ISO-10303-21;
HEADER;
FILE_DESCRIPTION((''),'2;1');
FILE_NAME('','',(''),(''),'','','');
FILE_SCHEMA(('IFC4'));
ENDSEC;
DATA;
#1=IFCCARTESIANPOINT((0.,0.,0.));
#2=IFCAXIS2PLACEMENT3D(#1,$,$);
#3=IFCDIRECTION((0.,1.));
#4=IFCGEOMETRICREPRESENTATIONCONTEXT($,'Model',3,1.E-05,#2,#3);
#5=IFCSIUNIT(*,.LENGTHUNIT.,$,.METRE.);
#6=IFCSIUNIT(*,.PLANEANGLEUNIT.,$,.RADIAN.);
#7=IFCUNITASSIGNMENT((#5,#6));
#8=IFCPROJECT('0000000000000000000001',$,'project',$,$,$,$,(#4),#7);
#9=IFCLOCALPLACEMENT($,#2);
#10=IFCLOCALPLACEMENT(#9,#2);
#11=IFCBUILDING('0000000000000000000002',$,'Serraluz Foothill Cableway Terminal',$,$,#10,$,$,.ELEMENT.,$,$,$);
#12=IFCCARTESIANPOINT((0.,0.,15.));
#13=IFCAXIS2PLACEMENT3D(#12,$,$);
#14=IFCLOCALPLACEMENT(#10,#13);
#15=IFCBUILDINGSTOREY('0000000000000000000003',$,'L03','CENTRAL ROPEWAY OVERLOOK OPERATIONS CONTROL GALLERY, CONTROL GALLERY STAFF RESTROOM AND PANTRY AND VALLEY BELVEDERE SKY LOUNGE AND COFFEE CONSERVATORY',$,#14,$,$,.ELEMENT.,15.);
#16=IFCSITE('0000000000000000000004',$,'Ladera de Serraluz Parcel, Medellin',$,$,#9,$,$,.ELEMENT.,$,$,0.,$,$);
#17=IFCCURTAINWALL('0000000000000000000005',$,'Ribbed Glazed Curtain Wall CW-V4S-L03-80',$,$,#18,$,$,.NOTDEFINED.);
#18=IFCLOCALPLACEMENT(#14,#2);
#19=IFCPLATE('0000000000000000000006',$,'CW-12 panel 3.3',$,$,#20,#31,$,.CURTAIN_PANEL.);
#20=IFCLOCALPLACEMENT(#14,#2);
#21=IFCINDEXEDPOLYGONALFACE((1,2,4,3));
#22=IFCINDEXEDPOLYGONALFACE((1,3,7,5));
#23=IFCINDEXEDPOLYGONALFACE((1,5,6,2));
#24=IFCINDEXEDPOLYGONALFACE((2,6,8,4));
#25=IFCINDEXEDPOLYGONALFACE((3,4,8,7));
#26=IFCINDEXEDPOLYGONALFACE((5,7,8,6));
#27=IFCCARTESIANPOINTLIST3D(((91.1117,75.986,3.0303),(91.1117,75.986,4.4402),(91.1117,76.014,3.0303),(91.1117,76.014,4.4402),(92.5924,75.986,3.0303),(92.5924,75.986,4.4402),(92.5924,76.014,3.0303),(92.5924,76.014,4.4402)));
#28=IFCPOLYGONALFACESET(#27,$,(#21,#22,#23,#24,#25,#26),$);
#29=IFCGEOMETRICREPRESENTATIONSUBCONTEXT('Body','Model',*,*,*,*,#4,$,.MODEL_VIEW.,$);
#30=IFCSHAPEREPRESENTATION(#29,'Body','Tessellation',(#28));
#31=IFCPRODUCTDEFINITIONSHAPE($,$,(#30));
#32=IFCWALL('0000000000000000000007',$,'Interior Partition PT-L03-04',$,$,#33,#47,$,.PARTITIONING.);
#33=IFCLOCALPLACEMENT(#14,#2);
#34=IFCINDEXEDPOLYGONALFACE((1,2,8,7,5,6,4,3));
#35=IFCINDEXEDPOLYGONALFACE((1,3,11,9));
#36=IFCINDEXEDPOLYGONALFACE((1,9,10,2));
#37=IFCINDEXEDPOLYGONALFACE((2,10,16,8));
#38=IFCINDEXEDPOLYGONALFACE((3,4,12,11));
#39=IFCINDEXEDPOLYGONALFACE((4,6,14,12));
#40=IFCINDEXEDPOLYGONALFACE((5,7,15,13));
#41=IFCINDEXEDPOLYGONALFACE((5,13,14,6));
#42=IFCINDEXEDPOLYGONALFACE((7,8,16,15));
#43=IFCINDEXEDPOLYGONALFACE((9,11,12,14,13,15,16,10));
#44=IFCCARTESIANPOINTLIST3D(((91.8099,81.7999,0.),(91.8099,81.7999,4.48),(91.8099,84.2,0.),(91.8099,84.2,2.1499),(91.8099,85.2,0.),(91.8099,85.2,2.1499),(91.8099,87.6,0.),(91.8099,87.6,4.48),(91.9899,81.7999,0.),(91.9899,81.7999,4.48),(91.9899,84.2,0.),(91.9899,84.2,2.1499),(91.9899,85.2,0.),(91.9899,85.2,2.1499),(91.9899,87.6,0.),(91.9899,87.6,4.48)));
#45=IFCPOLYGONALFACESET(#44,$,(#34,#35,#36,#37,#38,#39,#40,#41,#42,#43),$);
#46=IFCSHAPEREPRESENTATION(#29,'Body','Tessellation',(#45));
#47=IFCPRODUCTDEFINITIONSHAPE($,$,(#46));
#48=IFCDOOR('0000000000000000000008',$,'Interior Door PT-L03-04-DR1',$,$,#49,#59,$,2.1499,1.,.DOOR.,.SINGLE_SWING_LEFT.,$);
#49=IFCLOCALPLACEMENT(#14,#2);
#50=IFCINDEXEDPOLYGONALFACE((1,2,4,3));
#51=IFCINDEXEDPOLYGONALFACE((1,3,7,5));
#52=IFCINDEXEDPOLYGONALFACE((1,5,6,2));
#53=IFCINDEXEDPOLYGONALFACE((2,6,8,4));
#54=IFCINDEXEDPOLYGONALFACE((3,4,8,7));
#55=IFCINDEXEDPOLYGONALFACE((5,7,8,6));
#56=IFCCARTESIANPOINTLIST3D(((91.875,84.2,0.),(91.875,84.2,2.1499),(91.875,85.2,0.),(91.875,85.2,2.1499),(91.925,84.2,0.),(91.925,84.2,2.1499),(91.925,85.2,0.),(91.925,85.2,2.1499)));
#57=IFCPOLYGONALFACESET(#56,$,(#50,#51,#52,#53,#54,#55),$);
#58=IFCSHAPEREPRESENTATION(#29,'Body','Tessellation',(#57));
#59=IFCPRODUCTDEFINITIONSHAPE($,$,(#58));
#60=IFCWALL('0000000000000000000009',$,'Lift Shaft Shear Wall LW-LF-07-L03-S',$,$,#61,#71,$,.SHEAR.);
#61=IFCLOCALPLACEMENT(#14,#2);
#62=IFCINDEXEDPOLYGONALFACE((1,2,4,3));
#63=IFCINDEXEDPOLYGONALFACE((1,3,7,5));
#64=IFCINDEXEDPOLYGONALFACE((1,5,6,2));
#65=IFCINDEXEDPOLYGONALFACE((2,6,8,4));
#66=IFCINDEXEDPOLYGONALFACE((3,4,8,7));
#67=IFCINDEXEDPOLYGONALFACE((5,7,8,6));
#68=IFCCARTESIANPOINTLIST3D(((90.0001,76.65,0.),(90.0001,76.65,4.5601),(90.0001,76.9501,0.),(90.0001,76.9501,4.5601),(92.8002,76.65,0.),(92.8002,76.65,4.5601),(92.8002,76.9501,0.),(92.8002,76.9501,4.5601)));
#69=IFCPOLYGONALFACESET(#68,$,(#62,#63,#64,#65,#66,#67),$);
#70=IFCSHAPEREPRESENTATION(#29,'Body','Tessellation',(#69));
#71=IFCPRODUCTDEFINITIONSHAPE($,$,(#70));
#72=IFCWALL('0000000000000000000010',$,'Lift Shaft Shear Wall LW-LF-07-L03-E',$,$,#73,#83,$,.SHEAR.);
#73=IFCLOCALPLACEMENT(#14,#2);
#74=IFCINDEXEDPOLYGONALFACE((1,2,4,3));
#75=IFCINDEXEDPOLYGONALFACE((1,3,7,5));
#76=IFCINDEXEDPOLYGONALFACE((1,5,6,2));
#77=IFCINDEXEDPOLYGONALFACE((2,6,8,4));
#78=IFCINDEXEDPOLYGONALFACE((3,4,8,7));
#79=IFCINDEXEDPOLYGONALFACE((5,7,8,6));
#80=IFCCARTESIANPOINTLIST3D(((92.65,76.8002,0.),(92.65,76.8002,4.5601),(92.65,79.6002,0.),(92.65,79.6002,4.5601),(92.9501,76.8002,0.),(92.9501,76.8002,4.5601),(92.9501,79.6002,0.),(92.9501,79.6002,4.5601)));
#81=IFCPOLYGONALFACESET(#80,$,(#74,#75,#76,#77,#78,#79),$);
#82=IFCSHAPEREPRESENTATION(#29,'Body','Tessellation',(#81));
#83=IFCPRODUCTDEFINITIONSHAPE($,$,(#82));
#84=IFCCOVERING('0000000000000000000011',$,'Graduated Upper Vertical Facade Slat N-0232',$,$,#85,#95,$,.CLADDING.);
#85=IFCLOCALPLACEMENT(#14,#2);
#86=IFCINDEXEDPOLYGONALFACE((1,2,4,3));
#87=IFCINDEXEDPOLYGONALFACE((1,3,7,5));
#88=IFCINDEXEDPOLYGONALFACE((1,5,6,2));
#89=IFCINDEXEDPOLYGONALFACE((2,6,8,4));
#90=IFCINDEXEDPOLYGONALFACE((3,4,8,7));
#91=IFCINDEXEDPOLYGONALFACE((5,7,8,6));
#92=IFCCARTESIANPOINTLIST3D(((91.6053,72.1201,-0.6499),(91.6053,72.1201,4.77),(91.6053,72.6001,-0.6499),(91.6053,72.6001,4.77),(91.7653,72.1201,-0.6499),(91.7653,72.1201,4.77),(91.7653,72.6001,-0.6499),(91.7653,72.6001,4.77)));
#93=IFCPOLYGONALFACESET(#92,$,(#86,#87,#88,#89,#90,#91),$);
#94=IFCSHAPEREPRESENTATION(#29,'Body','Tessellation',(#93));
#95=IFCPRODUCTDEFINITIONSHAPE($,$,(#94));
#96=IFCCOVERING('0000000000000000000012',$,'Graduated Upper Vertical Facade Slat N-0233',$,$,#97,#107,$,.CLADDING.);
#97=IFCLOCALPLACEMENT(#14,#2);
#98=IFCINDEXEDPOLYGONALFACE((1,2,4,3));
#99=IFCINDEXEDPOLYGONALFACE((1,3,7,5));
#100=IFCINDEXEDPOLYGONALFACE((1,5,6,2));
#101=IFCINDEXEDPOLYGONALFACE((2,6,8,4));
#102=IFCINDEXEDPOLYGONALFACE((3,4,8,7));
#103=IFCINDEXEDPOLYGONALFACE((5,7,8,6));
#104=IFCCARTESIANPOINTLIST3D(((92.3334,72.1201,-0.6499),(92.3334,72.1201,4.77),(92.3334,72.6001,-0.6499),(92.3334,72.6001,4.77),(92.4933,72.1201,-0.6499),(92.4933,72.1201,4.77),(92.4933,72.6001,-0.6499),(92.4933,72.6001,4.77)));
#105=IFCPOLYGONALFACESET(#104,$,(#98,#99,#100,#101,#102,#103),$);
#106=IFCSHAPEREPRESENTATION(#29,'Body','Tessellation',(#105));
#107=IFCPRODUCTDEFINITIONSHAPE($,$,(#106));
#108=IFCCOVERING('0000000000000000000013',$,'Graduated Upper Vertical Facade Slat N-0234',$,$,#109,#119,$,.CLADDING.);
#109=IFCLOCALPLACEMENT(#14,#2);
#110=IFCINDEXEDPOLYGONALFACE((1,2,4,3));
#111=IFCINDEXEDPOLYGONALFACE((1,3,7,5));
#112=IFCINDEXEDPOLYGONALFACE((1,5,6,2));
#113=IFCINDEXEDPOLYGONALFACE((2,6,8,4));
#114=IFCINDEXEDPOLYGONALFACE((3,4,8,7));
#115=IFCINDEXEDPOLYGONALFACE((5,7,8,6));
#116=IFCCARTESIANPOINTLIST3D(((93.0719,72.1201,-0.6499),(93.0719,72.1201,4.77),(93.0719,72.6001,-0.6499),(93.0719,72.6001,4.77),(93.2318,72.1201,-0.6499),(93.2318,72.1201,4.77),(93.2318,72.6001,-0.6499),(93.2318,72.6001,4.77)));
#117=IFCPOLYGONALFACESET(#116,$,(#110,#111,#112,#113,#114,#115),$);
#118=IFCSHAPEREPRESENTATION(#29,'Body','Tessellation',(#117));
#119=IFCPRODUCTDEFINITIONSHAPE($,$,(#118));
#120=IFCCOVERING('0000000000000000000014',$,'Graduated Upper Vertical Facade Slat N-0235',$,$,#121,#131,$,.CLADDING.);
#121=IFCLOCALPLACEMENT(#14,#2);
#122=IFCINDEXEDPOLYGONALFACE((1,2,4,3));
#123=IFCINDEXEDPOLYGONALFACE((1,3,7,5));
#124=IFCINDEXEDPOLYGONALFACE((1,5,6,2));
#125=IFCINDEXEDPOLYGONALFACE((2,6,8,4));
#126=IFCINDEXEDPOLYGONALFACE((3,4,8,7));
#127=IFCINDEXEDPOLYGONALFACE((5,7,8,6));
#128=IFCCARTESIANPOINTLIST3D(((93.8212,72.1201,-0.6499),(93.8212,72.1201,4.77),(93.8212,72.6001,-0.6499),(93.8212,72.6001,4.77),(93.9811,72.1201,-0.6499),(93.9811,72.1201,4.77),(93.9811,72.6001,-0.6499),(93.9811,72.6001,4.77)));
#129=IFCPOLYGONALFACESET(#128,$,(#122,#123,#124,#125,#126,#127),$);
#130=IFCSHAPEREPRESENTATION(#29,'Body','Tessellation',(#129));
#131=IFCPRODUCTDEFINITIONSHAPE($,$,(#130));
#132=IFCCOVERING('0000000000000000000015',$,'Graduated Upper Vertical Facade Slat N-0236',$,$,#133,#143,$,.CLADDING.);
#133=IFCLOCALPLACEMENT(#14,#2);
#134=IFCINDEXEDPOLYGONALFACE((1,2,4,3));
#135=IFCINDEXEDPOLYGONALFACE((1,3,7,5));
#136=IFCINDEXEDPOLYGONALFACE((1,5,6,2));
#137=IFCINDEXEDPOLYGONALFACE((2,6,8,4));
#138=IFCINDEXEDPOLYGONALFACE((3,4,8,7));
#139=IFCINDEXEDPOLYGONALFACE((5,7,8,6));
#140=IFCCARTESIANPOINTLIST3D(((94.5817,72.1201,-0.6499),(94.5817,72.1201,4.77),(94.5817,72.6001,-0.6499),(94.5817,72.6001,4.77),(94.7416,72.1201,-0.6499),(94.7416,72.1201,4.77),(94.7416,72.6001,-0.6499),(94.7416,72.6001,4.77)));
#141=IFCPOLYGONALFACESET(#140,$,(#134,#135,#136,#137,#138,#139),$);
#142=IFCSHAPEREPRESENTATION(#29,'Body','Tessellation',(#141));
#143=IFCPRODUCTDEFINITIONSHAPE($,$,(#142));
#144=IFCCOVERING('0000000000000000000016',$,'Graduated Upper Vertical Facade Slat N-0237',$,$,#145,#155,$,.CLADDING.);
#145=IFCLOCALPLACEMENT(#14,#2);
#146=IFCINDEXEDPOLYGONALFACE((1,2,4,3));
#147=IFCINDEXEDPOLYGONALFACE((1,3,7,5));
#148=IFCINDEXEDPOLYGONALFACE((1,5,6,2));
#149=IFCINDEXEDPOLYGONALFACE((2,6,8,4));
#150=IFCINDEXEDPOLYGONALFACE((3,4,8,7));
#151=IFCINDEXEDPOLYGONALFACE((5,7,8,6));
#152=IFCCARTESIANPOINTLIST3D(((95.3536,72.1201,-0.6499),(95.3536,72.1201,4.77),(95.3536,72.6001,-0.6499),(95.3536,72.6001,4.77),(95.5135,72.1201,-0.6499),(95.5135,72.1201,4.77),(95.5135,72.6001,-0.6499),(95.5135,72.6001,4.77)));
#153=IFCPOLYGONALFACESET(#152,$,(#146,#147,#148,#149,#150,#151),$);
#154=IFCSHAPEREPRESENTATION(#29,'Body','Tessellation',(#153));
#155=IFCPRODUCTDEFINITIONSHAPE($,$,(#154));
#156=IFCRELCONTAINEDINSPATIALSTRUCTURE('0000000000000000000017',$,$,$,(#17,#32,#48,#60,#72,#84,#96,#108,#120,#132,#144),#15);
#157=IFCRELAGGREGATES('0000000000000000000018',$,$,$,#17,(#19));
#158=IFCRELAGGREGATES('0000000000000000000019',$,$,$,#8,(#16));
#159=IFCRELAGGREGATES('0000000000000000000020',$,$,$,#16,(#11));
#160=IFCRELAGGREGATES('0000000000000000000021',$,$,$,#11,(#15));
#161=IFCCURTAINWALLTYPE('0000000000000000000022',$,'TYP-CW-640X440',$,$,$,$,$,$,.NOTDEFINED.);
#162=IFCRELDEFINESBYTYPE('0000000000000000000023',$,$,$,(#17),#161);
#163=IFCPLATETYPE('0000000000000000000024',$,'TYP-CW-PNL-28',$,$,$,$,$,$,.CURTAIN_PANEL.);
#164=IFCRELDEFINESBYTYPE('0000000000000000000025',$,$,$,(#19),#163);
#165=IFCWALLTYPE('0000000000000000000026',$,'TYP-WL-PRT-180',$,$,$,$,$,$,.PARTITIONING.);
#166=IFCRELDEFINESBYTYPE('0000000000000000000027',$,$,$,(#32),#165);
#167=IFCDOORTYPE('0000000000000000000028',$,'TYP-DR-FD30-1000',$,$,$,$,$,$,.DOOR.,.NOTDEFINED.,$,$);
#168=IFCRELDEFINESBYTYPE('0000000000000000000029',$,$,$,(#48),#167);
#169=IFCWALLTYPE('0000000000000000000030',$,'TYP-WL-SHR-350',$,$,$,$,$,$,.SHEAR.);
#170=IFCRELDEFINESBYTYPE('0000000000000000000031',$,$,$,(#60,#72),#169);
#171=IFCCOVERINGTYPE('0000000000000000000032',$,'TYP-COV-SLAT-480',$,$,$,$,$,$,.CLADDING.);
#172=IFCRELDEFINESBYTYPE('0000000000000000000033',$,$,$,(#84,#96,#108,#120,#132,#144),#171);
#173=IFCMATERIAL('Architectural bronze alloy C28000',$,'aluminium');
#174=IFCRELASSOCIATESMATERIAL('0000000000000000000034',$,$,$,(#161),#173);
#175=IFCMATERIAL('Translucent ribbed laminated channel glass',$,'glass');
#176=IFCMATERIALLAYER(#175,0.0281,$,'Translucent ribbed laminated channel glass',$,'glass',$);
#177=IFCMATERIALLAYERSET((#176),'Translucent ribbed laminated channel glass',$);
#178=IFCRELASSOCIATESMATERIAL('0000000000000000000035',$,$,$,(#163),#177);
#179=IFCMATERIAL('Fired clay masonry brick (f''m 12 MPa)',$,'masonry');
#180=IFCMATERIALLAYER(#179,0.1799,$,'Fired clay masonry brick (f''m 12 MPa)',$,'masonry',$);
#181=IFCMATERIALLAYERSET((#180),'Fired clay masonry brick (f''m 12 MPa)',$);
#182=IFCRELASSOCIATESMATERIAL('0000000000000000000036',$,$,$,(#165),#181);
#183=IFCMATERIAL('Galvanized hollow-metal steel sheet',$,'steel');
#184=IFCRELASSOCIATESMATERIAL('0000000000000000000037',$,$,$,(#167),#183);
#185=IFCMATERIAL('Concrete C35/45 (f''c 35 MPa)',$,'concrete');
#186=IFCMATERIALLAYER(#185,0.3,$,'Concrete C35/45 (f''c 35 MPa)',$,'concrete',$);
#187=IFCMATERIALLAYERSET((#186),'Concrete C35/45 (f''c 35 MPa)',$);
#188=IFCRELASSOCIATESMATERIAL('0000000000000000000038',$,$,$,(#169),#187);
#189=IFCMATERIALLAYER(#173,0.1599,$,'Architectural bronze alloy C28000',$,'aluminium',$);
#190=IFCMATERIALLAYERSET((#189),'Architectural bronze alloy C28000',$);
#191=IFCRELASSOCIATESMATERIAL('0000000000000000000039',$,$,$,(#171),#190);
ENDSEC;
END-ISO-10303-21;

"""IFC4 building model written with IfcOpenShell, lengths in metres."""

from ifc_helpers import new_model, si_unit, direction, frame, frame_2d, origin, origin_2d, place, context, subcontext, project, spatial, rectangle, extrude, material, layer, layer_set, type_object, element, fill, aggregate, save


model = new_model("IFC4")

# Units and contexts
model_context = context("Model", 3, precision=1e-05, world=origin(), true_north=direction((0.0, 1.0)))
body_context = subcontext(model_context, "Body", "Model", "MODEL_VIEW")
ifc_project = project(units=[si_unit("LENGTHUNIT", "METRE"), si_unit("PLANEANGLEUNIT", "RADIAN")], contexts=[model_context])

# Site, building, storey
site_placement = place(None, origin())
site = spatial("IfcSite", under=ifc_project, at=site_placement, Name="Ladera de Serraluz Parcel, Medellin", CompositionType="ELEMENT", RefElevation=0.0)
building_placement = place(site_placement, origin())
building = spatial("IfcBuilding", under=site, at=building_placement, Name="Serraluz Foothill Cableway Terminal", CompositionType="ELEMENT")
storey_placement = place(building_placement, frame((0.0, 0.0, 15.0)))
storey = spatial("IfcBuildingStorey", under=building, at=storey_placement, Name="L03", Description="CENTRAL ROPEWAY OVERLOOK OPERATIONS CONTROL GALLERY, CONTROL GALLERY STAFF RESTROOM AND PANTRY AND VALLEY BELVEDERE SKY LOUNGE AND COFFEE CONSERVATORY", CompositionType="ELEMENT", Elevation=15.0)

# Curtain wall, plate
ifc_material_1 = material(Name="Architectural bronze alloy C28000", Category="aluminium")
curtain_wall_type = type_object("IfcCurtainWallType", Name="TYP-CW-640X440", PredefinedType="NOTDEFINED", material=ifc_material_1)
curtain_wall_placement = place(storey_placement, origin())
curtain_wall = element("IfcCurtainWall", 1, at=curtain_wall_placement, inside=storey, type_object=curtain_wall_type, Name="Ribbed Glazed Curtain Wall CW-V4S-L03-80", PredefinedType="NOTDEFINED")
ifc_material_2 = material(Name="Translucent ribbed laminated channel glass", Category="glass")
ifc_layer_1 = layer(ifc_material_2, 0.0281, Name="Translucent ribbed laminated channel glass", Category="glass")
ifc_layer_set_1 = layer_set([ifc_layer_1], Name="Translucent ribbed laminated channel glass")
plate_type = type_object("IfcPlateType", Name="TYP-CW-PNL-28", PredefinedType="CURTAIN_PANEL", material=ifc_layer_set_1)
plate_1_placement = place(storey_placement, frame((91.8521, 76.0, 3.0303), z_axis=(0.0, 0.0, 1.0), x_axis=(-1.0, 0.0, 0.0)))
plate_1 = element("IfcPlate", 2, at=plate_1_placement, type_object=plate_type, Name="CW-12 panel 3.3", PredefinedType="CURTAIN_PANEL", context=body_context, shape_type="SweptSolid", body=[
    extrude(rectangle(XDim=1.4807, YDim=0.0281, at=origin_2d()), origin(), (0.0, 0.0, 1.0), 1.4099),
])
aggregate(curtain_wall, [plate_1])

# Wall, opening, door
ifc_material_3 = material(Name="Fired clay masonry brick (f'm 12 MPa)", Category="masonry")
ifc_layer_2 = layer(ifc_material_3, 0.1799, Name="Fired clay masonry brick (f'm 12 MPa)", Category="masonry")
ifc_layer_set_2 = layer_set([ifc_layer_2], Name="Fired clay masonry brick (f'm 12 MPa)")
wall_type_1 = type_object("IfcWallType", Name="TYP-WL-PRT-180", PredefinedType="PARTITIONING", material=ifc_layer_set_2)
wall_placement = place(storey_placement, frame((91.8999, 81.8, 0.0), z_axis=(0.0, 0.0, 1.0), x_axis=(0.0, 1.0, 0.0)))
wall = element("IfcWall", 3, at=wall_placement, inside=storey, type_object=wall_type_1, Name="Interior Partition PT-L03-04", PredefinedType="PARTITIONING", context=body_context, shape_type="SweptSolid", body=[
    extrude(rectangle(XDim=5.8, YDim=0.1799, at=frame_2d((2.8999, 0.0))), origin(), (0.0, 0.0, 1.0), 4.48),
])
opening_placement = place(wall_placement, frame((2.3999, 0.0, 0.0)))
opening = element("IfcOpeningElement", 4, at=opening_placement, cuts=wall, PredefinedType="OPENING", context=body_context, shape_type="SweptSolid", body=[
    extrude(rectangle(XDim=1.0, YDim=2.1499, at=frame_2d((0.5, 1.075))), frame((0.0, 0.1001, 0.0), z_axis=(0.0, -1.0, 0.0), x_axis=(1.0, 0.0, 0.0)), (0.0, 0.0, 1.0), 0.2),
])
ifc_material_4 = material(Name="Galvanized hollow-metal steel sheet", Category="steel")
door_type = type_object("IfcDoorType", Name="TYP-DR-FD30-1000", OperationType="NOTDEFINED", PredefinedType="DOOR", material=ifc_material_4)
door_placement = place(opening_placement, origin())
door = element("IfcDoor", 5, at=door_placement, inside=storey, type_object=door_type, Name="Interior Door PT-L03-04-DR1", OperationType="SINGLE_SWING_LEFT", OverallHeight=2.1499, OverallWidth=1.0, PredefinedType="DOOR", context=body_context, shape_type="SweptSolid", body=[
    extrude(rectangle(XDim=1.0, YDim=2.1499, at=frame_2d((0.5, 1.075))), frame((0.0, 0.0249, 0.0), z_axis=(0.0, -1.0, 0.0), x_axis=(1.0, 0.0, 0.0)), (0.0, 0.0, 1.0), 0.05),
])
fill(opening, door)

# Walls
ifc_material_5 = material(Name="Concrete C35/45 (f'c 35 MPa)", Category="concrete")
ifc_layer_3 = layer(ifc_material_5, 0.3, Name="Concrete C35/45 (f'c 35 MPa)", Category="concrete")
ifc_layer_set_3 = layer_set([ifc_layer_3], Name="Concrete C35/45 (f'c 35 MPa)")
wall_type_2 = type_object("IfcWallType", Name="TYP-WL-SHR-350", PredefinedType="SHEAR", material=ifc_layer_set_3)
for number, where, z_axis, x_axis, name in (
    (6, (92.8, 76.8, 0.0), (0.0, 0.0, 1.0), (-1.0, 0.0, 0.0), "Lift Shaft Shear Wall LW-LF-07-L03-S"),
    (7, (92.8, 79.6001, 0.0), (0.0, 0.0, 1.0), (0.0, -1.0, 0.0), "Lift Shaft Shear Wall LW-LF-07-L03-E"),
):
    element("IfcWall", number, at=place(storey_placement, frame(where, z_axis=z_axis, x_axis=x_axis)), inside=storey, type_object=wall_type_2, Name=name, PredefinedType="SHEAR", context=body_context, shape_type="SweptSolid", body=[
        extrude(rectangle(XDim=2.8, YDim=0.3, at=frame_2d((1.3999, 0.0))), origin(), (0.0, 0.0, 1.0), 4.5601),
    ])

# Coverings
ifc_layer_4 = layer(ifc_material_1, 0.1599, Name="Architectural bronze alloy C28000", Category="aluminium")
ifc_layer_set_4 = layer_set([ifc_layer_4], Name="Architectural bronze alloy C28000")
covering_type = type_object("IfcCoveringType", Name="TYP-COV-SLAT-480", PredefinedType="CLADDING", material=ifc_layer_set_4)
for number, where, z_axis, x_axis, name in (
    (8, (91.6853, 72.3601, -0.6499), (0.0, 0.0, 1.0), (1.0, 0.0, 0.0), "Graduated Upper Vertical Facade Slat N-0232"),
    (9, (92.4133, 72.3601, -0.6499), (0.0, 0.0, 1.0), (1.0, 0.0, 0.0), "Graduated Upper Vertical Facade Slat N-0233"),
    (10, (93.1519, 72.3601, -0.6499), (0.0, 0.0, 1.0), (1.0, 0.0, 0.0), "Graduated Upper Vertical Facade Slat N-0234"),
    (11, (93.9011, 72.3601, -0.6499), (0.0, 0.0, 1.0), (1.0, 0.0, 0.0), "Graduated Upper Vertical Facade Slat N-0235"),
    (12, (94.6616, 72.3601, -0.6499), (0.0, 0.0, 1.0), (1.0, 0.0, 0.0), "Graduated Upper Vertical Facade Slat N-0236"),
    (13, (95.4336, 72.3601, -0.6499), (0.0, 0.0, 1.0), (1.0, 0.0, 0.0), "Graduated Upper Vertical Facade Slat N-0237"),
):
    element("IfcCovering", number, at=place(storey_placement, frame(where, z_axis=z_axis, x_axis=x_axis)), inside=storey, type_object=covering_type, Name=name, PredefinedType="CLADDING", context=body_context, shape_type="SweptSolid", body=[
        extrude(rectangle(XDim=0.1599, YDim=0.48, at=origin_2d()), origin(), (0.0, 0.0, 1.0), 5.4199),
    ])

save(model, "model.ifc")
